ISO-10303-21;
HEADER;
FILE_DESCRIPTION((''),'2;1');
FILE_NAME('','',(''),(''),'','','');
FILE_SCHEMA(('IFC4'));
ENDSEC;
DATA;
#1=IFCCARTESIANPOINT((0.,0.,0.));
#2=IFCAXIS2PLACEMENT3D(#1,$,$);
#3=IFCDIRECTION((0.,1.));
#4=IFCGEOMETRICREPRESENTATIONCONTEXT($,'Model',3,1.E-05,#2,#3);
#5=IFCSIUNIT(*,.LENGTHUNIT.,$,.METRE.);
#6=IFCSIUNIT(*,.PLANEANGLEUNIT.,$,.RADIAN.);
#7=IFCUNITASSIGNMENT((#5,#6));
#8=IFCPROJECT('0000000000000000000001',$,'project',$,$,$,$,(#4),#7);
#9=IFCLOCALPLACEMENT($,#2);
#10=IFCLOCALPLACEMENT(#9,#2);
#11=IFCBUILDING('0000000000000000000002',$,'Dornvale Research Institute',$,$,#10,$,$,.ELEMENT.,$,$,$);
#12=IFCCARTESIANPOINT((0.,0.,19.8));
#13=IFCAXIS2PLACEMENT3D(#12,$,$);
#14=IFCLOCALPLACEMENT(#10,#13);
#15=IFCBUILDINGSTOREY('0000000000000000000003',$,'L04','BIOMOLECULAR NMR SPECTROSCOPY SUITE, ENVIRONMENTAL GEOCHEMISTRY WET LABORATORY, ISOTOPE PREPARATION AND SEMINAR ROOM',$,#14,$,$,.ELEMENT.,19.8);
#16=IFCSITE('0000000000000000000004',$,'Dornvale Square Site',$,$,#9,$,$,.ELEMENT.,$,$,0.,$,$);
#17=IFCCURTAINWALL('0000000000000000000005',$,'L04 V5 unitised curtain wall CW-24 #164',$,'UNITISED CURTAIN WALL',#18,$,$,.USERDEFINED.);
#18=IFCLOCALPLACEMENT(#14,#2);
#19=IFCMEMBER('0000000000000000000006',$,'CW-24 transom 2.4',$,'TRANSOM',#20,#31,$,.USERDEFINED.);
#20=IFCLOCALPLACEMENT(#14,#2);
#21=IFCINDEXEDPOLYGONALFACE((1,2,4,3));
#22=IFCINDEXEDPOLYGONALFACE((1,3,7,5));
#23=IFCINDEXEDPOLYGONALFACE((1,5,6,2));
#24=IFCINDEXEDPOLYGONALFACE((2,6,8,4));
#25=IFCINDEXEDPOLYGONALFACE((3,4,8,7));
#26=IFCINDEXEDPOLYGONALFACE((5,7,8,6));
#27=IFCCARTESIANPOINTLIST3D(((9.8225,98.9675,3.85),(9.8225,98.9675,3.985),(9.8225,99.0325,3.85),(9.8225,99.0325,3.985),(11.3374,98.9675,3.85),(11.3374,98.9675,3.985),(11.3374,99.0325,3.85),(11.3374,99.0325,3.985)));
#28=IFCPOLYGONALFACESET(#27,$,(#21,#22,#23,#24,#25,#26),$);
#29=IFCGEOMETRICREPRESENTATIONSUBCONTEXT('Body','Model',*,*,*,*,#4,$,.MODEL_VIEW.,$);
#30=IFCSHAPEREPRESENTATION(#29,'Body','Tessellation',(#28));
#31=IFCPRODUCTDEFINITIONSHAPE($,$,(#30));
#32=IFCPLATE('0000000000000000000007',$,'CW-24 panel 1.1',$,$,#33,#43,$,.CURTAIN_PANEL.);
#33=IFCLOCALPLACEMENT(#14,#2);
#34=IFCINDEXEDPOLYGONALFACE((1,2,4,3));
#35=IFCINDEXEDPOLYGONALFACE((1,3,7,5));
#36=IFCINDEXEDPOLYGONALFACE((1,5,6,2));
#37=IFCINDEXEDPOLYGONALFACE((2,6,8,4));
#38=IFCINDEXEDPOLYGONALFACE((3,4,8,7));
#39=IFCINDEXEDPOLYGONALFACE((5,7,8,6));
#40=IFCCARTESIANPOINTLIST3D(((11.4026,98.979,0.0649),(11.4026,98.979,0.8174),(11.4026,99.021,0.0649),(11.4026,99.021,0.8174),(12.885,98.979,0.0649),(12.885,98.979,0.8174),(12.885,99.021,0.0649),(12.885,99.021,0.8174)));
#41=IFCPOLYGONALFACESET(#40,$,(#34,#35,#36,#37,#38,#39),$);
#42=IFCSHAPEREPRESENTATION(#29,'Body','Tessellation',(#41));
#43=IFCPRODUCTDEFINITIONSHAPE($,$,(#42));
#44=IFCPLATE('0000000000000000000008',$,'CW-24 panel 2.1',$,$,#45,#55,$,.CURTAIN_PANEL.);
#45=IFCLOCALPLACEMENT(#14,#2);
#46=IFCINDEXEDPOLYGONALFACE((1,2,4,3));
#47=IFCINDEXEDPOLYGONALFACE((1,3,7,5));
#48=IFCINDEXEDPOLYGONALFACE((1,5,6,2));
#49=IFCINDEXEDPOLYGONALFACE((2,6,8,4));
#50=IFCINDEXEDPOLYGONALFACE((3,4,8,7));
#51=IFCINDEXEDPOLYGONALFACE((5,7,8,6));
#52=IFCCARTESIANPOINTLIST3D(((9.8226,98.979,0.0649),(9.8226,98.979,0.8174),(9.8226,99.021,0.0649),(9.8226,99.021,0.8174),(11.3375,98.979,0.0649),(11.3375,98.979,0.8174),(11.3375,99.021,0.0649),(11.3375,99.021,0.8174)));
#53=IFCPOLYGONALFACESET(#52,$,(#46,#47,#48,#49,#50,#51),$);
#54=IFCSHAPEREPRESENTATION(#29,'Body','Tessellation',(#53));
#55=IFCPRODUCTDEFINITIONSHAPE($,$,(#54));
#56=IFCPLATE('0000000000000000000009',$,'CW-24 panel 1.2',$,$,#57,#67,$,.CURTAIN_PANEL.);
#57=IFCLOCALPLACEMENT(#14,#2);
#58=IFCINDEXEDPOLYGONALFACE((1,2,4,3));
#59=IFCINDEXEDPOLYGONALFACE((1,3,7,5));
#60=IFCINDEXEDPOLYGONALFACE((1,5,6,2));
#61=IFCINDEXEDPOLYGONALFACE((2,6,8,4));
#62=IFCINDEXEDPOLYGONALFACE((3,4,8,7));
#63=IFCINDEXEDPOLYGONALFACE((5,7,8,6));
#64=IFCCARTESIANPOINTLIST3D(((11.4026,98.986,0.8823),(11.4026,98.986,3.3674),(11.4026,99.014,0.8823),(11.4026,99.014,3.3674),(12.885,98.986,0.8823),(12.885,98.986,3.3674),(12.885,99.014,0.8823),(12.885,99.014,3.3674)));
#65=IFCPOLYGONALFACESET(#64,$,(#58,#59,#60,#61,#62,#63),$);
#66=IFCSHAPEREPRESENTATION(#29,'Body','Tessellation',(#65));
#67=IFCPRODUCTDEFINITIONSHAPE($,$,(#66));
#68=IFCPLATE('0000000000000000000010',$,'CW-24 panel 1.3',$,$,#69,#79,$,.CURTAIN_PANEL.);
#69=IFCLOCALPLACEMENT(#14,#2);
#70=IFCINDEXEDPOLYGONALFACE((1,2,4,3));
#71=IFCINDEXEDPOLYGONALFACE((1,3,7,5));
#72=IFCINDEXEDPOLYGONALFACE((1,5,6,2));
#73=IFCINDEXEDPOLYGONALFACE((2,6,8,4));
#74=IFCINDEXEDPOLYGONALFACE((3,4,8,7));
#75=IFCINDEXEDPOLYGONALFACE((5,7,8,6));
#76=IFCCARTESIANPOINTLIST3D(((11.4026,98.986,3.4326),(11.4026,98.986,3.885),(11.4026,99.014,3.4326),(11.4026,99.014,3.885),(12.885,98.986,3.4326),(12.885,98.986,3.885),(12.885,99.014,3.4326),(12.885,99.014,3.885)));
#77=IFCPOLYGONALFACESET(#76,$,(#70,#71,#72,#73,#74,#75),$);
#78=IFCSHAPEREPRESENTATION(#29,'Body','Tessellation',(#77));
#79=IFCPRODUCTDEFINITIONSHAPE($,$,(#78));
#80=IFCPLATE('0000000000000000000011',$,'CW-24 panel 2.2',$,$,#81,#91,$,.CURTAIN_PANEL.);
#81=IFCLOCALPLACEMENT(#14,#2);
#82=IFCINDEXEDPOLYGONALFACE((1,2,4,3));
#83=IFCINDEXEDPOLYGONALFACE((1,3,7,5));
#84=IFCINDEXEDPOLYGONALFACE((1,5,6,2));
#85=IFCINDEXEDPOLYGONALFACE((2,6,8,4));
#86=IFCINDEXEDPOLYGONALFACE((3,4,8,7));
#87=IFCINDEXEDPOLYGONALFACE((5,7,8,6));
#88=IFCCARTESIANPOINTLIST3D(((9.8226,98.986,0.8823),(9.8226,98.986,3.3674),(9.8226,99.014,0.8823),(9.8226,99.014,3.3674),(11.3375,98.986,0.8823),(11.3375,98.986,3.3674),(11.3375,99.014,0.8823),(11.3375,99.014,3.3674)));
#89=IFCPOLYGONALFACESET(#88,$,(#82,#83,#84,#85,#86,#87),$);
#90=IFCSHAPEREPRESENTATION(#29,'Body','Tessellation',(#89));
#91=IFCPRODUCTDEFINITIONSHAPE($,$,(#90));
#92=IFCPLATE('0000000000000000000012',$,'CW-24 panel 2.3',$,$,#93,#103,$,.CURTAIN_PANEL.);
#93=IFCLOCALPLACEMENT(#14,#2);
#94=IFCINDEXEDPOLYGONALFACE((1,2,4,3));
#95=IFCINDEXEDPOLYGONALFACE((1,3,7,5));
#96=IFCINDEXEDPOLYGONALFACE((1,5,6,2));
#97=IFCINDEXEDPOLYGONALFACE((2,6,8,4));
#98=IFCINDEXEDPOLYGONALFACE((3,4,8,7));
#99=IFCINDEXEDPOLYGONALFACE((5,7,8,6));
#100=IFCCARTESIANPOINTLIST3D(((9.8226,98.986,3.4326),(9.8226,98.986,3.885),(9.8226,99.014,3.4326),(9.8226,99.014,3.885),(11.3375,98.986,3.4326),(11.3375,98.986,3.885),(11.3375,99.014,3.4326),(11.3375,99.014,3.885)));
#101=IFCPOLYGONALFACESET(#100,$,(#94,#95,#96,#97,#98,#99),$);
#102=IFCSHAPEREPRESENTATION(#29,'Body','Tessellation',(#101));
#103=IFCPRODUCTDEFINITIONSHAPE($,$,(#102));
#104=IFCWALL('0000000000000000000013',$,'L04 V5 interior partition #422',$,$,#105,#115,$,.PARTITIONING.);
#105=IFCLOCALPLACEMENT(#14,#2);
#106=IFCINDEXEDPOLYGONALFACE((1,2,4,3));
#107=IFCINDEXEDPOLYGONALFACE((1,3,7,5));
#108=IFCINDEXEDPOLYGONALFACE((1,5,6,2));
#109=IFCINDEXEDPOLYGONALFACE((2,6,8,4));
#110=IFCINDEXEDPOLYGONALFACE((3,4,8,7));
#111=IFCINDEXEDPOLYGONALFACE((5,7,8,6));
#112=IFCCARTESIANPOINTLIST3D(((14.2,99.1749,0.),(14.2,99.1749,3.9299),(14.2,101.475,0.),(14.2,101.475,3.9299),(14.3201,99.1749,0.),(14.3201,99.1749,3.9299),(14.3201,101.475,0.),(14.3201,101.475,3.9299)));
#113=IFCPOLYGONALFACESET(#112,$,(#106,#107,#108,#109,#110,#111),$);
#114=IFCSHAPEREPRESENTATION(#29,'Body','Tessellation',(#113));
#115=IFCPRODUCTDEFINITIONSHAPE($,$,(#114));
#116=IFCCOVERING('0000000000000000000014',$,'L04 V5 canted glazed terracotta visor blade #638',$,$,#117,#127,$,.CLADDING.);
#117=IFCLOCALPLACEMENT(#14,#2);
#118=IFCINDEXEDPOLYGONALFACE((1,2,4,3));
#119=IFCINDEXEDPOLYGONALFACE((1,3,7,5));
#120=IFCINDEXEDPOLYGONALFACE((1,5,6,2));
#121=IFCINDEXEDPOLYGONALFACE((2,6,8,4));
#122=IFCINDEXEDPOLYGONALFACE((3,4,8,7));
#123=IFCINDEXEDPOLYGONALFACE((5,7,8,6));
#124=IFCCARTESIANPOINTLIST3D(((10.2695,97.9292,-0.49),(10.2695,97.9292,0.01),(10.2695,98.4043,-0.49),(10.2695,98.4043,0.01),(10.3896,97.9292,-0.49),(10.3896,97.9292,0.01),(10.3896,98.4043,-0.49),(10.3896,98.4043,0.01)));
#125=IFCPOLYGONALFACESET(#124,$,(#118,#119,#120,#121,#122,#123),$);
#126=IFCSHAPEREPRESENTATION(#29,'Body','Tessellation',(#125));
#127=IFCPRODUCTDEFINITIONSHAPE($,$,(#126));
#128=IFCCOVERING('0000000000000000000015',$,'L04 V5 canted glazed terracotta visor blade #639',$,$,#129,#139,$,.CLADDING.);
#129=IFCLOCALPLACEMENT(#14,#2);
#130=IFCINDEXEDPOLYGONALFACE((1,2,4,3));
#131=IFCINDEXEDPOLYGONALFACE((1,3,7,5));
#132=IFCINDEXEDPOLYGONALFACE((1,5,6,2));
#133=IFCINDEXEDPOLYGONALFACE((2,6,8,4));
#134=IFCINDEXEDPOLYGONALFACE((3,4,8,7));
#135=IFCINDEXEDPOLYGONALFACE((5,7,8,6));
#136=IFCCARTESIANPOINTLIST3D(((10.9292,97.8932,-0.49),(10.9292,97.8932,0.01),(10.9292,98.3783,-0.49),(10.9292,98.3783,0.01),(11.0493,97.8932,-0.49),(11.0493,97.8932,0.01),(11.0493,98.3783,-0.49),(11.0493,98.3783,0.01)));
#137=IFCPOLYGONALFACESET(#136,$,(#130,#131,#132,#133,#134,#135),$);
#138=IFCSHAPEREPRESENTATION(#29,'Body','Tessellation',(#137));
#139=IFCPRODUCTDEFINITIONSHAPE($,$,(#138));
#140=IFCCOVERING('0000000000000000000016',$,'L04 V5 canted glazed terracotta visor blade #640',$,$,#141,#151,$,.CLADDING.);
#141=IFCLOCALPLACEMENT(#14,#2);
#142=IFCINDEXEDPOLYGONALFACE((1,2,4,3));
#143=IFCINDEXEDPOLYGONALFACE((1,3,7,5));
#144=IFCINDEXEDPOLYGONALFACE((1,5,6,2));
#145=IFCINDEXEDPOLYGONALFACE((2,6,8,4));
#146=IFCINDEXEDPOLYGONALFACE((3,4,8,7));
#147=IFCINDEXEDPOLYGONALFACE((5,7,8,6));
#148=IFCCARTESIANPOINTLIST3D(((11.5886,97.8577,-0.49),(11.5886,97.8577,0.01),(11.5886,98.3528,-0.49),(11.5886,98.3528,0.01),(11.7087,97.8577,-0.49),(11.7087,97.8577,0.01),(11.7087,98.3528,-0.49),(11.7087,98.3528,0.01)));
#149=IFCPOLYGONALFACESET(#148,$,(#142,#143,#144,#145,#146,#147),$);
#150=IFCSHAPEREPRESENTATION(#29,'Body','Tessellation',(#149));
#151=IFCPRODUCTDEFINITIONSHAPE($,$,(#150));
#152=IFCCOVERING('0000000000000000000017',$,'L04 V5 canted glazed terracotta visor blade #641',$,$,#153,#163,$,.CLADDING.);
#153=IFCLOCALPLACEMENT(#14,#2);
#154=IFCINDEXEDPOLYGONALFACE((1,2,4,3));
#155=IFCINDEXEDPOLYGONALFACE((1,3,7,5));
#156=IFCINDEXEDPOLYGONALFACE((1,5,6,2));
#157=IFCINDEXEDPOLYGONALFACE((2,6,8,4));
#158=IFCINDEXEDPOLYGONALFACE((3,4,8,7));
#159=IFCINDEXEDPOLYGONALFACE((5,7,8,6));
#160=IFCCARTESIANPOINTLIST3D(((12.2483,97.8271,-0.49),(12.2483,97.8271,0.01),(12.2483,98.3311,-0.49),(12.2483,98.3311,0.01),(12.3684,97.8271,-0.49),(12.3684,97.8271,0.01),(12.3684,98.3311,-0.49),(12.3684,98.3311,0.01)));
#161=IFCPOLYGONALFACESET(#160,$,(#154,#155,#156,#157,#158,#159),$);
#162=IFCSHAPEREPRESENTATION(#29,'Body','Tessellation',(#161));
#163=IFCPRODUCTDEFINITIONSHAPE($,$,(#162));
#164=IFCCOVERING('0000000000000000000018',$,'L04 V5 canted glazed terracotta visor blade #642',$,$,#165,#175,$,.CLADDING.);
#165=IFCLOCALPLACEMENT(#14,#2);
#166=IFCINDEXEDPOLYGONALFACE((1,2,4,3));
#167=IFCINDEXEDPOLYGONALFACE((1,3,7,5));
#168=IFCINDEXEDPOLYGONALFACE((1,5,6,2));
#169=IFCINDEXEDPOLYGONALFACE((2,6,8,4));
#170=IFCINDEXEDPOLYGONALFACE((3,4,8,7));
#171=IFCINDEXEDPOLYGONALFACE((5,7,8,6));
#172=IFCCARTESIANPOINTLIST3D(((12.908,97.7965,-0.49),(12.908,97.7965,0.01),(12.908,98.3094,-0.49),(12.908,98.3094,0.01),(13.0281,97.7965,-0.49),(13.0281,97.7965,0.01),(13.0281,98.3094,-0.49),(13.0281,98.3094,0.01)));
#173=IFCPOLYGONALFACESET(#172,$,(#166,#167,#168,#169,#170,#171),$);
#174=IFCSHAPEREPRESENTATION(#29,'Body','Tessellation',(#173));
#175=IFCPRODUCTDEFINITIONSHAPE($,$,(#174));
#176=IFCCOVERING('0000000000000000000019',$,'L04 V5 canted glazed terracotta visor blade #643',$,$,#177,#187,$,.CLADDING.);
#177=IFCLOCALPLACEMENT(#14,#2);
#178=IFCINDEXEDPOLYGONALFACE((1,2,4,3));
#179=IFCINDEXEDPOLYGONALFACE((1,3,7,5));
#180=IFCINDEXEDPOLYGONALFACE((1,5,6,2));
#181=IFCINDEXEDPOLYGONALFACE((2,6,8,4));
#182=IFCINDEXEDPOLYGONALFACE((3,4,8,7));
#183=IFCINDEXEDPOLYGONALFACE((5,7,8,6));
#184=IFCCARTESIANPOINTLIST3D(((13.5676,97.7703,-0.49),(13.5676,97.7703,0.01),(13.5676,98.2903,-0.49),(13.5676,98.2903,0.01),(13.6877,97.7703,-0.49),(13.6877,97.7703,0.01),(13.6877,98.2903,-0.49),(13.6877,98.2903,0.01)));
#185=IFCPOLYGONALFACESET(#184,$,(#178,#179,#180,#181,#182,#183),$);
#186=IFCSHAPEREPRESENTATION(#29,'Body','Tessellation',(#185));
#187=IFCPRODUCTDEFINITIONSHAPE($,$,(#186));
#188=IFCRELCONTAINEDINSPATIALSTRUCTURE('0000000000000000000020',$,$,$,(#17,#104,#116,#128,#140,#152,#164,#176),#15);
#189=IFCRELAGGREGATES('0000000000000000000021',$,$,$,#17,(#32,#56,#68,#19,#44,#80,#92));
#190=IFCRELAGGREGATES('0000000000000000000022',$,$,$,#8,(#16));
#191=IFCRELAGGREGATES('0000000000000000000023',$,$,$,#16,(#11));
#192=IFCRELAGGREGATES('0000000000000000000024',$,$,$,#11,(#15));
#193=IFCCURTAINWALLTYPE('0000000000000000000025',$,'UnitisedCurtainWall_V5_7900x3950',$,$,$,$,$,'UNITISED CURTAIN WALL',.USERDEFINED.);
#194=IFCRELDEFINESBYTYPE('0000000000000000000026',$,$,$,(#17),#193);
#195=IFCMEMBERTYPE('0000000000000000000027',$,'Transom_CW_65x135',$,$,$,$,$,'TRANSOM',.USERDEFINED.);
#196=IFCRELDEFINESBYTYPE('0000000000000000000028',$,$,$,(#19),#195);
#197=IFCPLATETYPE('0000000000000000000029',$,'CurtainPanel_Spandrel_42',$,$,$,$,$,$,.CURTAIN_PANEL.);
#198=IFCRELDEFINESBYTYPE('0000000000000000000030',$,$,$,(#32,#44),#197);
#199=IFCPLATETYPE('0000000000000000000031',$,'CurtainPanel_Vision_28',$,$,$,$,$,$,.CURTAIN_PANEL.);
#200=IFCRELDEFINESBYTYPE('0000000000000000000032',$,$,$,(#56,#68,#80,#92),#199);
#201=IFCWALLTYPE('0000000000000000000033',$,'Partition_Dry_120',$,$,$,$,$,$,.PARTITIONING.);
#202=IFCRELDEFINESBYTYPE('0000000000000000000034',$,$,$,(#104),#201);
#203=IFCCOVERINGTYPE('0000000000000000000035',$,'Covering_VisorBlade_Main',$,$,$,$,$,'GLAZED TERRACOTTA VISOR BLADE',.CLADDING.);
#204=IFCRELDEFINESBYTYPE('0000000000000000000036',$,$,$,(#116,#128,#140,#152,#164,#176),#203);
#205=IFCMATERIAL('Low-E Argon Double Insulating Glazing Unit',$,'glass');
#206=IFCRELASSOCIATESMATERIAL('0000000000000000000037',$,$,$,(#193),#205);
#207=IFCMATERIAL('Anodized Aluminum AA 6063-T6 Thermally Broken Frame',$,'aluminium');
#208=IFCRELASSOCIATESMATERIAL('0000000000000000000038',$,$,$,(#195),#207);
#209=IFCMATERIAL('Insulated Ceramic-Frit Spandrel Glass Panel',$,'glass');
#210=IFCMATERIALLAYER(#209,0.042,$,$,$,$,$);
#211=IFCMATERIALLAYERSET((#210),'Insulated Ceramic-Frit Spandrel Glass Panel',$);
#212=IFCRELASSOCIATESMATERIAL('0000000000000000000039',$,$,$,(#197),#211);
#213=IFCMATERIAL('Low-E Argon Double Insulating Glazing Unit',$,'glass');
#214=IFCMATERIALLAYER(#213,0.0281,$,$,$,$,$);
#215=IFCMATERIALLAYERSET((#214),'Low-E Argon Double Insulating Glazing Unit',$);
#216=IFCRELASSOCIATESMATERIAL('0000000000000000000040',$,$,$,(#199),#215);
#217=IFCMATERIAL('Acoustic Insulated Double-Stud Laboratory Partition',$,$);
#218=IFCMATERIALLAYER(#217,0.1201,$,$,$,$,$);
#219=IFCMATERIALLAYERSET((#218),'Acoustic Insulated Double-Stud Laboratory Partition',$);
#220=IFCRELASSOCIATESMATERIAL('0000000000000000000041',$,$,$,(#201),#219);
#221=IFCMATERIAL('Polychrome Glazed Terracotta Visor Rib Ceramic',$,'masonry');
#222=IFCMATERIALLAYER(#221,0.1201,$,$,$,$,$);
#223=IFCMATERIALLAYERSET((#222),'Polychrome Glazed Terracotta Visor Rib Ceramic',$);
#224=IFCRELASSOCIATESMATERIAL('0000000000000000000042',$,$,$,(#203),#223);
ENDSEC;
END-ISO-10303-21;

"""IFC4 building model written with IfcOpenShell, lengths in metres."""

from ifc_helpers import new_model, si_unit, direction, frame, frame_2d, origin, origin_2d, place, context, subcontext, project, spatial, rectangle, extrude, material, layer, layer_set, material_profile, profile_set, type_object, element, aggregate, save


model = new_model("IFC4")

# Units and contexts
model_context = context("Model", 3, precision=1e-05, world=origin(), true_north=direction((0.0, 1.0)))
body_context = subcontext(model_context, "Body", "Model", "MODEL_VIEW")
ifc_project = project(units=[si_unit("LENGTHUNIT", "METRE"), si_unit("PLANEANGLEUNIT", "RADIAN")], contexts=[model_context])

# Site, building, storey
site_placement = place(None, origin())
site = spatial("IfcSite", under=ifc_project, at=site_placement, Name="Dornvale Square Site", CompositionType="ELEMENT", RefElevation=0.0)
building_placement = place(site_placement, origin())
building = spatial("IfcBuilding", under=site, at=building_placement, Name="Dornvale Research Institute", CompositionType="ELEMENT")
storey_placement = place(building_placement, frame((0.0, 0.0, 19.8)))
storey = spatial("IfcBuildingStorey", under=building, at=storey_placement, Name="L04", Description="BIOMOLECULAR NMR SPECTROSCOPY SUITE, ENVIRONMENTAL GEOCHEMISTRY WET LABORATORY, ISOTOPE PREPARATION AND SEMINAR ROOM", CompositionType="ELEMENT", Elevation=19.8)

# Curtain wall
ifc_material_1 = material(Name="Low-E Argon Double Insulating Glazing Unit", Category="glass")
curtain_wall_type = type_object("IfcCurtainWallType", Name="UnitisedCurtainWall_V5_7900x3950", ElementType="UNITISED CURTAIN WALL", PredefinedType="USERDEFINED", material=ifc_material_1)
curtain_wall_placement = place(storey_placement, origin())
curtain_wall = element("IfcCurtainWall", 1, at=curtain_wall_placement, inside=storey, type_object=curtain_wall_type, Name="L04 V5 unitised curtain wall CW-24 #164", ObjectType="UNITISED CURTAIN WALL", PredefinedType="USERDEFINED")

# Member
ifc_material_2 = material(Name="Anodized Aluminum AA 6063-T6 Thermally Broken Frame", Category="aluminium")
ifc_material_profile_1 = material_profile(ifc_material_2, rectangle(XDim=0.0649, YDim=0.135, at=origin_2d()), Name="ALU TRANSOM 65x135")
ifc_profile_set_1 = profile_set([ifc_material_profile_1], Name="Anodized Aluminum AA 6063-T6 Thermally Broken Frame")
member_type_1 = type_object("IfcMemberType", Name="Transom_CW_65x135", ElementType="TRANSOM", PredefinedType="USERDEFINED", material=ifc_profile_set_1)
member_1_placement = place(storey_placement, frame((11.3374, 99.0, 3.9175), z_axis=(-1.0, 0.0, 0.0), x_axis=(0.0, -1.0, 0.0)))
member_1 = element("IfcMember", 2, at=member_1_placement, type_object=member_type_1, Name="CW-24 transom 2.4", ObjectType="TRANSOM", PredefinedType="USERDEFINED", context=body_context, shape_type="SweptSolid", body=[
    extrude(rectangle(XDim=0.0649, YDim=0.135, at=origin_2d()), origin(), (0.0, 0.0, 1.0), 1.5149),
])

# Plates
ifc_material_3 = material(Name="Insulated Ceramic-Frit Spandrel Glass Panel", Category="glass")
ifc_layer_1 = layer(ifc_material_3, 0.042)
ifc_layer_set_1 = layer_set([ifc_layer_1], Name="Insulated Ceramic-Frit Spandrel Glass Panel")
plate_type_1 = type_object("IfcPlateType", Name="CurtainPanel_Spandrel_42", PredefinedType="CURTAIN_PANEL", material=ifc_layer_set_1)
plate_1_placement = place(storey_placement, frame((12.1438, 99.0, 0.0649), z_axis=(0.0, 0.0, 1.0), x_axis=(-1.0, 0.0, 0.0)))
plate_1 = element("IfcPlate", 3, at=plate_1_placement, type_object=plate_type_1, Name="CW-24 panel 1.1", PredefinedType="CURTAIN_PANEL", context=body_context, shape_type="SweptSolid", body=[
    extrude(rectangle(XDim=1.4824, YDim=0.042, at=origin_2d()), origin(), (0.0, 0.0, 1.0), 0.7524),
])
plate_2_placement = place(storey_placement, frame((10.5801, 99.0, 0.0649), z_axis=(0.0, 0.0, 1.0), x_axis=(-1.0, 0.0, 0.0)))
plate_2 = element("IfcPlate", 4, at=plate_2_placement, type_object=plate_type_1, Name="CW-24 panel 2.1", PredefinedType="CURTAIN_PANEL", context=body_context, shape_type="SweptSolid", body=[
    extrude(rectangle(XDim=1.5149, YDim=0.042, at=origin_2d()), origin(), (0.0, 0.0, 1.0), 0.7524),
])
ifc_material_4 = material(Name="Low-E Argon Double Insulating Glazing Unit", Category="glass")
ifc_layer_2 = layer(ifc_material_4, 0.0281)
ifc_layer_set_2 = layer_set([ifc_layer_2], Name="Low-E Argon Double Insulating Glazing Unit")
plate_type_2 = type_object("IfcPlateType", Name="CurtainPanel_Vision_28", PredefinedType="CURTAIN_PANEL", material=ifc_layer_set_2)
plate_3_placement = place(storey_placement, frame((12.1438, 99.0, 0.8823), z_axis=(0.0, 0.0, 1.0), x_axis=(-1.0, 0.0, 0.0)))
plate_3 = element("IfcPlate", 5, at=plate_3_placement, type_object=plate_type_2, Name="CW-24 panel 1.2", PredefinedType="CURTAIN_PANEL", context=body_context, shape_type="SweptSolid", body=[
    extrude(rectangle(XDim=1.4824, YDim=0.0281, at=origin_2d()), origin(), (0.0, 0.0, 1.0), 2.4851),
])
plate_4_placement = place(storey_placement, frame((12.1438, 99.0, 3.4326), z_axis=(0.0, 0.0, 1.0), x_axis=(-1.0, 0.0, 0.0)))
plate_4 = element("IfcPlate", 6, at=plate_4_placement, type_object=plate_type_2, Name="CW-24 panel 1.3", PredefinedType="CURTAIN_PANEL", context=body_context, shape_type="SweptSolid", body=[
    extrude(rectangle(XDim=1.4824, YDim=0.0281, at=origin_2d()), origin(), (0.0, 0.0, 1.0), 0.4524),
])
plate_5_placement = place(storey_placement, frame((10.5801, 99.0, 0.8823), z_axis=(0.0, 0.0, 1.0), x_axis=(-1.0, 0.0, 0.0)))
plate_5 = element("IfcPlate", 7, at=plate_5_placement, type_object=plate_type_2, Name="CW-24 panel 2.2", PredefinedType="CURTAIN_PANEL", context=body_context, shape_type="SweptSolid", body=[
    extrude(rectangle(XDim=1.5149, YDim=0.0281, at=origin_2d()), origin(), (0.0, 0.0, 1.0), 2.4851),
])
plate_6_placement = place(storey_placement, frame((10.5801, 99.0, 3.4326), z_axis=(0.0, 0.0, 1.0), x_axis=(-1.0, 0.0, 0.0)))
plate_6 = element("IfcPlate", 8, at=plate_6_placement, type_object=plate_type_2, Name="CW-24 panel 2.3", PredefinedType="CURTAIN_PANEL", context=body_context, shape_type="SweptSolid", body=[
    extrude(rectangle(XDim=1.5149, YDim=0.0281, at=origin_2d()), origin(), (0.0, 0.0, 1.0), 0.4524),
])
aggregate(curtain_wall, [plate_1, plate_3, plate_4, member_1, plate_2, plate_5, plate_6])

# Wall
ifc_material_5 = material(Name="Acoustic Insulated Double-Stud Laboratory Partition")
ifc_layer_3 = layer(ifc_material_5, 0.1201)
ifc_layer_set_3 = layer_set([ifc_layer_3], Name="Acoustic Insulated Double-Stud Laboratory Partition")
wall_type = type_object("IfcWallType", Name="Partition_Dry_120", PredefinedType="PARTITIONING", material=ifc_layer_set_3)
wall_placement = place(storey_placement, frame((14.26, 99.175, 0.0), z_axis=(0.0, 0.0, 1.0), x_axis=(0.0, 1.0, 0.0)))
element("IfcWall", 9, at=wall_placement, inside=storey, type_object=wall_type, Name="L04 V5 interior partition #422", PredefinedType="PARTITIONING", context=body_context, shape_type="SweptSolid", body=[
    extrude(rectangle(XDim=2.3, YDim=0.1201, at=frame_2d((1.1499, 0.0))), origin(), (0.0, 0.0, 1.0), 3.9299),
])

# Coverings
ifc_material_6 = material(Name="Polychrome Glazed Terracotta Visor Rib Ceramic", Category="masonry")
ifc_layer_4 = layer(ifc_material_6, 0.1201)
ifc_layer_set_4 = layer_set([ifc_layer_4], Name="Polychrome Glazed Terracotta Visor Rib Ceramic")
covering_type = type_object("IfcCoveringType", Name="Covering_VisorBlade_Main", ElementType="GLAZED TERRACOTTA VISOR BLADE", PredefinedType="CLADDING", material=ifc_layer_set_4)
covering_1_placement = place(storey_placement, frame((10.3296, 98.1667, -0.49), z_axis=(0.0, 0.0, 1.0), x_axis=(0.0, 1.0, 0.0)))
element("IfcCovering", 10, at=covering_1_placement, inside=storey, type_object=covering_type, Name="L04 V5 canted glazed terracotta visor blade #638", PredefinedType="CLADDING", context=body_context, shape_type="SweptSolid", body=[
    extrude(rectangle(XDim=0.4751, YDim=0.1201, at=origin_2d()), origin(), (0.0, 0.0, 1.0), 0.5),
])
covering_2_placement = place(storey_placement, frame((10.9893, 98.1357, -0.49), z_axis=(0.0, 0.0, 1.0), x_axis=(0.0, 1.0, 0.0)))
element("IfcCovering", 11, at=covering_2_placement, inside=storey, type_object=covering_type, Name="L04 V5 canted glazed terracotta visor blade #639", PredefinedType="CLADDING", context=body_context, shape_type="SweptSolid", body=[
    extrude(rectangle(XDim=0.4851, YDim=0.1201, at=origin_2d()), origin(), (0.0, 0.0, 1.0), 0.5),
])
covering_3_placement = place(storey_placement, frame((11.6487, 98.1052, -0.49), z_axis=(0.0, 0.0, 1.0), x_axis=(0.0, 1.0, 0.0)))
element("IfcCovering", 12, at=covering_3_placement, inside=storey, type_object=covering_type, Name="L04 V5 canted glazed terracotta visor blade #640", PredefinedType="CLADDING", context=body_context, shape_type="SweptSolid", body=[
    extrude(rectangle(XDim=0.4951, YDim=0.1201, at=origin_2d()), origin(), (0.0, 0.0, 1.0), 0.5),
])
covering_4_placement = place(storey_placement, frame((12.3083, 98.0791, -0.49), z_axis=(0.0, 0.0, 1.0), x_axis=(0.0, 1.0, 0.0)))
element("IfcCovering", 13, at=covering_4_placement, inside=storey, type_object=covering_type, Name="L04 V5 canted glazed terracotta visor blade #641", PredefinedType="CLADDING", context=body_context, shape_type="SweptSolid", body=[
    extrude(rectangle(XDim=0.5039, YDim=0.1201, at=origin_2d()), origin(), (0.0, 0.0, 1.0), 0.5),
])
covering_5_placement = place(storey_placement, frame((12.968, 98.053, -0.49), z_axis=(0.0, 0.0, 1.0), x_axis=(0.0, 1.0, 0.0)))
element("IfcCovering", 14, at=covering_5_placement, inside=storey, type_object=covering_type, Name="L04 V5 canted glazed terracotta visor blade #642", PredefinedType="CLADDING", context=body_context, shape_type="SweptSolid", body=[
    extrude(rectangle(XDim=0.5129, YDim=0.1201, at=origin_2d()), origin(), (0.0, 0.0, 1.0), 0.5),
])
covering_6_placement = place(storey_placement, frame((13.6277, 98.0303, -0.49), z_axis=(0.0, 0.0, 1.0), x_axis=(0.0, 1.0, 0.0)))
element("IfcCovering", 15, at=covering_6_placement, inside=storey, type_object=covering_type, Name="L04 V5 canted glazed terracotta visor blade #643", PredefinedType="CLADDING", context=body_context, shape_type="SweptSolid", body=[
    extrude(rectangle(XDim=0.52, YDim=0.1201, at=origin_2d()), origin(), (0.0, 0.0, 1.0), 0.5),
])

save(model, "model.ifc")
